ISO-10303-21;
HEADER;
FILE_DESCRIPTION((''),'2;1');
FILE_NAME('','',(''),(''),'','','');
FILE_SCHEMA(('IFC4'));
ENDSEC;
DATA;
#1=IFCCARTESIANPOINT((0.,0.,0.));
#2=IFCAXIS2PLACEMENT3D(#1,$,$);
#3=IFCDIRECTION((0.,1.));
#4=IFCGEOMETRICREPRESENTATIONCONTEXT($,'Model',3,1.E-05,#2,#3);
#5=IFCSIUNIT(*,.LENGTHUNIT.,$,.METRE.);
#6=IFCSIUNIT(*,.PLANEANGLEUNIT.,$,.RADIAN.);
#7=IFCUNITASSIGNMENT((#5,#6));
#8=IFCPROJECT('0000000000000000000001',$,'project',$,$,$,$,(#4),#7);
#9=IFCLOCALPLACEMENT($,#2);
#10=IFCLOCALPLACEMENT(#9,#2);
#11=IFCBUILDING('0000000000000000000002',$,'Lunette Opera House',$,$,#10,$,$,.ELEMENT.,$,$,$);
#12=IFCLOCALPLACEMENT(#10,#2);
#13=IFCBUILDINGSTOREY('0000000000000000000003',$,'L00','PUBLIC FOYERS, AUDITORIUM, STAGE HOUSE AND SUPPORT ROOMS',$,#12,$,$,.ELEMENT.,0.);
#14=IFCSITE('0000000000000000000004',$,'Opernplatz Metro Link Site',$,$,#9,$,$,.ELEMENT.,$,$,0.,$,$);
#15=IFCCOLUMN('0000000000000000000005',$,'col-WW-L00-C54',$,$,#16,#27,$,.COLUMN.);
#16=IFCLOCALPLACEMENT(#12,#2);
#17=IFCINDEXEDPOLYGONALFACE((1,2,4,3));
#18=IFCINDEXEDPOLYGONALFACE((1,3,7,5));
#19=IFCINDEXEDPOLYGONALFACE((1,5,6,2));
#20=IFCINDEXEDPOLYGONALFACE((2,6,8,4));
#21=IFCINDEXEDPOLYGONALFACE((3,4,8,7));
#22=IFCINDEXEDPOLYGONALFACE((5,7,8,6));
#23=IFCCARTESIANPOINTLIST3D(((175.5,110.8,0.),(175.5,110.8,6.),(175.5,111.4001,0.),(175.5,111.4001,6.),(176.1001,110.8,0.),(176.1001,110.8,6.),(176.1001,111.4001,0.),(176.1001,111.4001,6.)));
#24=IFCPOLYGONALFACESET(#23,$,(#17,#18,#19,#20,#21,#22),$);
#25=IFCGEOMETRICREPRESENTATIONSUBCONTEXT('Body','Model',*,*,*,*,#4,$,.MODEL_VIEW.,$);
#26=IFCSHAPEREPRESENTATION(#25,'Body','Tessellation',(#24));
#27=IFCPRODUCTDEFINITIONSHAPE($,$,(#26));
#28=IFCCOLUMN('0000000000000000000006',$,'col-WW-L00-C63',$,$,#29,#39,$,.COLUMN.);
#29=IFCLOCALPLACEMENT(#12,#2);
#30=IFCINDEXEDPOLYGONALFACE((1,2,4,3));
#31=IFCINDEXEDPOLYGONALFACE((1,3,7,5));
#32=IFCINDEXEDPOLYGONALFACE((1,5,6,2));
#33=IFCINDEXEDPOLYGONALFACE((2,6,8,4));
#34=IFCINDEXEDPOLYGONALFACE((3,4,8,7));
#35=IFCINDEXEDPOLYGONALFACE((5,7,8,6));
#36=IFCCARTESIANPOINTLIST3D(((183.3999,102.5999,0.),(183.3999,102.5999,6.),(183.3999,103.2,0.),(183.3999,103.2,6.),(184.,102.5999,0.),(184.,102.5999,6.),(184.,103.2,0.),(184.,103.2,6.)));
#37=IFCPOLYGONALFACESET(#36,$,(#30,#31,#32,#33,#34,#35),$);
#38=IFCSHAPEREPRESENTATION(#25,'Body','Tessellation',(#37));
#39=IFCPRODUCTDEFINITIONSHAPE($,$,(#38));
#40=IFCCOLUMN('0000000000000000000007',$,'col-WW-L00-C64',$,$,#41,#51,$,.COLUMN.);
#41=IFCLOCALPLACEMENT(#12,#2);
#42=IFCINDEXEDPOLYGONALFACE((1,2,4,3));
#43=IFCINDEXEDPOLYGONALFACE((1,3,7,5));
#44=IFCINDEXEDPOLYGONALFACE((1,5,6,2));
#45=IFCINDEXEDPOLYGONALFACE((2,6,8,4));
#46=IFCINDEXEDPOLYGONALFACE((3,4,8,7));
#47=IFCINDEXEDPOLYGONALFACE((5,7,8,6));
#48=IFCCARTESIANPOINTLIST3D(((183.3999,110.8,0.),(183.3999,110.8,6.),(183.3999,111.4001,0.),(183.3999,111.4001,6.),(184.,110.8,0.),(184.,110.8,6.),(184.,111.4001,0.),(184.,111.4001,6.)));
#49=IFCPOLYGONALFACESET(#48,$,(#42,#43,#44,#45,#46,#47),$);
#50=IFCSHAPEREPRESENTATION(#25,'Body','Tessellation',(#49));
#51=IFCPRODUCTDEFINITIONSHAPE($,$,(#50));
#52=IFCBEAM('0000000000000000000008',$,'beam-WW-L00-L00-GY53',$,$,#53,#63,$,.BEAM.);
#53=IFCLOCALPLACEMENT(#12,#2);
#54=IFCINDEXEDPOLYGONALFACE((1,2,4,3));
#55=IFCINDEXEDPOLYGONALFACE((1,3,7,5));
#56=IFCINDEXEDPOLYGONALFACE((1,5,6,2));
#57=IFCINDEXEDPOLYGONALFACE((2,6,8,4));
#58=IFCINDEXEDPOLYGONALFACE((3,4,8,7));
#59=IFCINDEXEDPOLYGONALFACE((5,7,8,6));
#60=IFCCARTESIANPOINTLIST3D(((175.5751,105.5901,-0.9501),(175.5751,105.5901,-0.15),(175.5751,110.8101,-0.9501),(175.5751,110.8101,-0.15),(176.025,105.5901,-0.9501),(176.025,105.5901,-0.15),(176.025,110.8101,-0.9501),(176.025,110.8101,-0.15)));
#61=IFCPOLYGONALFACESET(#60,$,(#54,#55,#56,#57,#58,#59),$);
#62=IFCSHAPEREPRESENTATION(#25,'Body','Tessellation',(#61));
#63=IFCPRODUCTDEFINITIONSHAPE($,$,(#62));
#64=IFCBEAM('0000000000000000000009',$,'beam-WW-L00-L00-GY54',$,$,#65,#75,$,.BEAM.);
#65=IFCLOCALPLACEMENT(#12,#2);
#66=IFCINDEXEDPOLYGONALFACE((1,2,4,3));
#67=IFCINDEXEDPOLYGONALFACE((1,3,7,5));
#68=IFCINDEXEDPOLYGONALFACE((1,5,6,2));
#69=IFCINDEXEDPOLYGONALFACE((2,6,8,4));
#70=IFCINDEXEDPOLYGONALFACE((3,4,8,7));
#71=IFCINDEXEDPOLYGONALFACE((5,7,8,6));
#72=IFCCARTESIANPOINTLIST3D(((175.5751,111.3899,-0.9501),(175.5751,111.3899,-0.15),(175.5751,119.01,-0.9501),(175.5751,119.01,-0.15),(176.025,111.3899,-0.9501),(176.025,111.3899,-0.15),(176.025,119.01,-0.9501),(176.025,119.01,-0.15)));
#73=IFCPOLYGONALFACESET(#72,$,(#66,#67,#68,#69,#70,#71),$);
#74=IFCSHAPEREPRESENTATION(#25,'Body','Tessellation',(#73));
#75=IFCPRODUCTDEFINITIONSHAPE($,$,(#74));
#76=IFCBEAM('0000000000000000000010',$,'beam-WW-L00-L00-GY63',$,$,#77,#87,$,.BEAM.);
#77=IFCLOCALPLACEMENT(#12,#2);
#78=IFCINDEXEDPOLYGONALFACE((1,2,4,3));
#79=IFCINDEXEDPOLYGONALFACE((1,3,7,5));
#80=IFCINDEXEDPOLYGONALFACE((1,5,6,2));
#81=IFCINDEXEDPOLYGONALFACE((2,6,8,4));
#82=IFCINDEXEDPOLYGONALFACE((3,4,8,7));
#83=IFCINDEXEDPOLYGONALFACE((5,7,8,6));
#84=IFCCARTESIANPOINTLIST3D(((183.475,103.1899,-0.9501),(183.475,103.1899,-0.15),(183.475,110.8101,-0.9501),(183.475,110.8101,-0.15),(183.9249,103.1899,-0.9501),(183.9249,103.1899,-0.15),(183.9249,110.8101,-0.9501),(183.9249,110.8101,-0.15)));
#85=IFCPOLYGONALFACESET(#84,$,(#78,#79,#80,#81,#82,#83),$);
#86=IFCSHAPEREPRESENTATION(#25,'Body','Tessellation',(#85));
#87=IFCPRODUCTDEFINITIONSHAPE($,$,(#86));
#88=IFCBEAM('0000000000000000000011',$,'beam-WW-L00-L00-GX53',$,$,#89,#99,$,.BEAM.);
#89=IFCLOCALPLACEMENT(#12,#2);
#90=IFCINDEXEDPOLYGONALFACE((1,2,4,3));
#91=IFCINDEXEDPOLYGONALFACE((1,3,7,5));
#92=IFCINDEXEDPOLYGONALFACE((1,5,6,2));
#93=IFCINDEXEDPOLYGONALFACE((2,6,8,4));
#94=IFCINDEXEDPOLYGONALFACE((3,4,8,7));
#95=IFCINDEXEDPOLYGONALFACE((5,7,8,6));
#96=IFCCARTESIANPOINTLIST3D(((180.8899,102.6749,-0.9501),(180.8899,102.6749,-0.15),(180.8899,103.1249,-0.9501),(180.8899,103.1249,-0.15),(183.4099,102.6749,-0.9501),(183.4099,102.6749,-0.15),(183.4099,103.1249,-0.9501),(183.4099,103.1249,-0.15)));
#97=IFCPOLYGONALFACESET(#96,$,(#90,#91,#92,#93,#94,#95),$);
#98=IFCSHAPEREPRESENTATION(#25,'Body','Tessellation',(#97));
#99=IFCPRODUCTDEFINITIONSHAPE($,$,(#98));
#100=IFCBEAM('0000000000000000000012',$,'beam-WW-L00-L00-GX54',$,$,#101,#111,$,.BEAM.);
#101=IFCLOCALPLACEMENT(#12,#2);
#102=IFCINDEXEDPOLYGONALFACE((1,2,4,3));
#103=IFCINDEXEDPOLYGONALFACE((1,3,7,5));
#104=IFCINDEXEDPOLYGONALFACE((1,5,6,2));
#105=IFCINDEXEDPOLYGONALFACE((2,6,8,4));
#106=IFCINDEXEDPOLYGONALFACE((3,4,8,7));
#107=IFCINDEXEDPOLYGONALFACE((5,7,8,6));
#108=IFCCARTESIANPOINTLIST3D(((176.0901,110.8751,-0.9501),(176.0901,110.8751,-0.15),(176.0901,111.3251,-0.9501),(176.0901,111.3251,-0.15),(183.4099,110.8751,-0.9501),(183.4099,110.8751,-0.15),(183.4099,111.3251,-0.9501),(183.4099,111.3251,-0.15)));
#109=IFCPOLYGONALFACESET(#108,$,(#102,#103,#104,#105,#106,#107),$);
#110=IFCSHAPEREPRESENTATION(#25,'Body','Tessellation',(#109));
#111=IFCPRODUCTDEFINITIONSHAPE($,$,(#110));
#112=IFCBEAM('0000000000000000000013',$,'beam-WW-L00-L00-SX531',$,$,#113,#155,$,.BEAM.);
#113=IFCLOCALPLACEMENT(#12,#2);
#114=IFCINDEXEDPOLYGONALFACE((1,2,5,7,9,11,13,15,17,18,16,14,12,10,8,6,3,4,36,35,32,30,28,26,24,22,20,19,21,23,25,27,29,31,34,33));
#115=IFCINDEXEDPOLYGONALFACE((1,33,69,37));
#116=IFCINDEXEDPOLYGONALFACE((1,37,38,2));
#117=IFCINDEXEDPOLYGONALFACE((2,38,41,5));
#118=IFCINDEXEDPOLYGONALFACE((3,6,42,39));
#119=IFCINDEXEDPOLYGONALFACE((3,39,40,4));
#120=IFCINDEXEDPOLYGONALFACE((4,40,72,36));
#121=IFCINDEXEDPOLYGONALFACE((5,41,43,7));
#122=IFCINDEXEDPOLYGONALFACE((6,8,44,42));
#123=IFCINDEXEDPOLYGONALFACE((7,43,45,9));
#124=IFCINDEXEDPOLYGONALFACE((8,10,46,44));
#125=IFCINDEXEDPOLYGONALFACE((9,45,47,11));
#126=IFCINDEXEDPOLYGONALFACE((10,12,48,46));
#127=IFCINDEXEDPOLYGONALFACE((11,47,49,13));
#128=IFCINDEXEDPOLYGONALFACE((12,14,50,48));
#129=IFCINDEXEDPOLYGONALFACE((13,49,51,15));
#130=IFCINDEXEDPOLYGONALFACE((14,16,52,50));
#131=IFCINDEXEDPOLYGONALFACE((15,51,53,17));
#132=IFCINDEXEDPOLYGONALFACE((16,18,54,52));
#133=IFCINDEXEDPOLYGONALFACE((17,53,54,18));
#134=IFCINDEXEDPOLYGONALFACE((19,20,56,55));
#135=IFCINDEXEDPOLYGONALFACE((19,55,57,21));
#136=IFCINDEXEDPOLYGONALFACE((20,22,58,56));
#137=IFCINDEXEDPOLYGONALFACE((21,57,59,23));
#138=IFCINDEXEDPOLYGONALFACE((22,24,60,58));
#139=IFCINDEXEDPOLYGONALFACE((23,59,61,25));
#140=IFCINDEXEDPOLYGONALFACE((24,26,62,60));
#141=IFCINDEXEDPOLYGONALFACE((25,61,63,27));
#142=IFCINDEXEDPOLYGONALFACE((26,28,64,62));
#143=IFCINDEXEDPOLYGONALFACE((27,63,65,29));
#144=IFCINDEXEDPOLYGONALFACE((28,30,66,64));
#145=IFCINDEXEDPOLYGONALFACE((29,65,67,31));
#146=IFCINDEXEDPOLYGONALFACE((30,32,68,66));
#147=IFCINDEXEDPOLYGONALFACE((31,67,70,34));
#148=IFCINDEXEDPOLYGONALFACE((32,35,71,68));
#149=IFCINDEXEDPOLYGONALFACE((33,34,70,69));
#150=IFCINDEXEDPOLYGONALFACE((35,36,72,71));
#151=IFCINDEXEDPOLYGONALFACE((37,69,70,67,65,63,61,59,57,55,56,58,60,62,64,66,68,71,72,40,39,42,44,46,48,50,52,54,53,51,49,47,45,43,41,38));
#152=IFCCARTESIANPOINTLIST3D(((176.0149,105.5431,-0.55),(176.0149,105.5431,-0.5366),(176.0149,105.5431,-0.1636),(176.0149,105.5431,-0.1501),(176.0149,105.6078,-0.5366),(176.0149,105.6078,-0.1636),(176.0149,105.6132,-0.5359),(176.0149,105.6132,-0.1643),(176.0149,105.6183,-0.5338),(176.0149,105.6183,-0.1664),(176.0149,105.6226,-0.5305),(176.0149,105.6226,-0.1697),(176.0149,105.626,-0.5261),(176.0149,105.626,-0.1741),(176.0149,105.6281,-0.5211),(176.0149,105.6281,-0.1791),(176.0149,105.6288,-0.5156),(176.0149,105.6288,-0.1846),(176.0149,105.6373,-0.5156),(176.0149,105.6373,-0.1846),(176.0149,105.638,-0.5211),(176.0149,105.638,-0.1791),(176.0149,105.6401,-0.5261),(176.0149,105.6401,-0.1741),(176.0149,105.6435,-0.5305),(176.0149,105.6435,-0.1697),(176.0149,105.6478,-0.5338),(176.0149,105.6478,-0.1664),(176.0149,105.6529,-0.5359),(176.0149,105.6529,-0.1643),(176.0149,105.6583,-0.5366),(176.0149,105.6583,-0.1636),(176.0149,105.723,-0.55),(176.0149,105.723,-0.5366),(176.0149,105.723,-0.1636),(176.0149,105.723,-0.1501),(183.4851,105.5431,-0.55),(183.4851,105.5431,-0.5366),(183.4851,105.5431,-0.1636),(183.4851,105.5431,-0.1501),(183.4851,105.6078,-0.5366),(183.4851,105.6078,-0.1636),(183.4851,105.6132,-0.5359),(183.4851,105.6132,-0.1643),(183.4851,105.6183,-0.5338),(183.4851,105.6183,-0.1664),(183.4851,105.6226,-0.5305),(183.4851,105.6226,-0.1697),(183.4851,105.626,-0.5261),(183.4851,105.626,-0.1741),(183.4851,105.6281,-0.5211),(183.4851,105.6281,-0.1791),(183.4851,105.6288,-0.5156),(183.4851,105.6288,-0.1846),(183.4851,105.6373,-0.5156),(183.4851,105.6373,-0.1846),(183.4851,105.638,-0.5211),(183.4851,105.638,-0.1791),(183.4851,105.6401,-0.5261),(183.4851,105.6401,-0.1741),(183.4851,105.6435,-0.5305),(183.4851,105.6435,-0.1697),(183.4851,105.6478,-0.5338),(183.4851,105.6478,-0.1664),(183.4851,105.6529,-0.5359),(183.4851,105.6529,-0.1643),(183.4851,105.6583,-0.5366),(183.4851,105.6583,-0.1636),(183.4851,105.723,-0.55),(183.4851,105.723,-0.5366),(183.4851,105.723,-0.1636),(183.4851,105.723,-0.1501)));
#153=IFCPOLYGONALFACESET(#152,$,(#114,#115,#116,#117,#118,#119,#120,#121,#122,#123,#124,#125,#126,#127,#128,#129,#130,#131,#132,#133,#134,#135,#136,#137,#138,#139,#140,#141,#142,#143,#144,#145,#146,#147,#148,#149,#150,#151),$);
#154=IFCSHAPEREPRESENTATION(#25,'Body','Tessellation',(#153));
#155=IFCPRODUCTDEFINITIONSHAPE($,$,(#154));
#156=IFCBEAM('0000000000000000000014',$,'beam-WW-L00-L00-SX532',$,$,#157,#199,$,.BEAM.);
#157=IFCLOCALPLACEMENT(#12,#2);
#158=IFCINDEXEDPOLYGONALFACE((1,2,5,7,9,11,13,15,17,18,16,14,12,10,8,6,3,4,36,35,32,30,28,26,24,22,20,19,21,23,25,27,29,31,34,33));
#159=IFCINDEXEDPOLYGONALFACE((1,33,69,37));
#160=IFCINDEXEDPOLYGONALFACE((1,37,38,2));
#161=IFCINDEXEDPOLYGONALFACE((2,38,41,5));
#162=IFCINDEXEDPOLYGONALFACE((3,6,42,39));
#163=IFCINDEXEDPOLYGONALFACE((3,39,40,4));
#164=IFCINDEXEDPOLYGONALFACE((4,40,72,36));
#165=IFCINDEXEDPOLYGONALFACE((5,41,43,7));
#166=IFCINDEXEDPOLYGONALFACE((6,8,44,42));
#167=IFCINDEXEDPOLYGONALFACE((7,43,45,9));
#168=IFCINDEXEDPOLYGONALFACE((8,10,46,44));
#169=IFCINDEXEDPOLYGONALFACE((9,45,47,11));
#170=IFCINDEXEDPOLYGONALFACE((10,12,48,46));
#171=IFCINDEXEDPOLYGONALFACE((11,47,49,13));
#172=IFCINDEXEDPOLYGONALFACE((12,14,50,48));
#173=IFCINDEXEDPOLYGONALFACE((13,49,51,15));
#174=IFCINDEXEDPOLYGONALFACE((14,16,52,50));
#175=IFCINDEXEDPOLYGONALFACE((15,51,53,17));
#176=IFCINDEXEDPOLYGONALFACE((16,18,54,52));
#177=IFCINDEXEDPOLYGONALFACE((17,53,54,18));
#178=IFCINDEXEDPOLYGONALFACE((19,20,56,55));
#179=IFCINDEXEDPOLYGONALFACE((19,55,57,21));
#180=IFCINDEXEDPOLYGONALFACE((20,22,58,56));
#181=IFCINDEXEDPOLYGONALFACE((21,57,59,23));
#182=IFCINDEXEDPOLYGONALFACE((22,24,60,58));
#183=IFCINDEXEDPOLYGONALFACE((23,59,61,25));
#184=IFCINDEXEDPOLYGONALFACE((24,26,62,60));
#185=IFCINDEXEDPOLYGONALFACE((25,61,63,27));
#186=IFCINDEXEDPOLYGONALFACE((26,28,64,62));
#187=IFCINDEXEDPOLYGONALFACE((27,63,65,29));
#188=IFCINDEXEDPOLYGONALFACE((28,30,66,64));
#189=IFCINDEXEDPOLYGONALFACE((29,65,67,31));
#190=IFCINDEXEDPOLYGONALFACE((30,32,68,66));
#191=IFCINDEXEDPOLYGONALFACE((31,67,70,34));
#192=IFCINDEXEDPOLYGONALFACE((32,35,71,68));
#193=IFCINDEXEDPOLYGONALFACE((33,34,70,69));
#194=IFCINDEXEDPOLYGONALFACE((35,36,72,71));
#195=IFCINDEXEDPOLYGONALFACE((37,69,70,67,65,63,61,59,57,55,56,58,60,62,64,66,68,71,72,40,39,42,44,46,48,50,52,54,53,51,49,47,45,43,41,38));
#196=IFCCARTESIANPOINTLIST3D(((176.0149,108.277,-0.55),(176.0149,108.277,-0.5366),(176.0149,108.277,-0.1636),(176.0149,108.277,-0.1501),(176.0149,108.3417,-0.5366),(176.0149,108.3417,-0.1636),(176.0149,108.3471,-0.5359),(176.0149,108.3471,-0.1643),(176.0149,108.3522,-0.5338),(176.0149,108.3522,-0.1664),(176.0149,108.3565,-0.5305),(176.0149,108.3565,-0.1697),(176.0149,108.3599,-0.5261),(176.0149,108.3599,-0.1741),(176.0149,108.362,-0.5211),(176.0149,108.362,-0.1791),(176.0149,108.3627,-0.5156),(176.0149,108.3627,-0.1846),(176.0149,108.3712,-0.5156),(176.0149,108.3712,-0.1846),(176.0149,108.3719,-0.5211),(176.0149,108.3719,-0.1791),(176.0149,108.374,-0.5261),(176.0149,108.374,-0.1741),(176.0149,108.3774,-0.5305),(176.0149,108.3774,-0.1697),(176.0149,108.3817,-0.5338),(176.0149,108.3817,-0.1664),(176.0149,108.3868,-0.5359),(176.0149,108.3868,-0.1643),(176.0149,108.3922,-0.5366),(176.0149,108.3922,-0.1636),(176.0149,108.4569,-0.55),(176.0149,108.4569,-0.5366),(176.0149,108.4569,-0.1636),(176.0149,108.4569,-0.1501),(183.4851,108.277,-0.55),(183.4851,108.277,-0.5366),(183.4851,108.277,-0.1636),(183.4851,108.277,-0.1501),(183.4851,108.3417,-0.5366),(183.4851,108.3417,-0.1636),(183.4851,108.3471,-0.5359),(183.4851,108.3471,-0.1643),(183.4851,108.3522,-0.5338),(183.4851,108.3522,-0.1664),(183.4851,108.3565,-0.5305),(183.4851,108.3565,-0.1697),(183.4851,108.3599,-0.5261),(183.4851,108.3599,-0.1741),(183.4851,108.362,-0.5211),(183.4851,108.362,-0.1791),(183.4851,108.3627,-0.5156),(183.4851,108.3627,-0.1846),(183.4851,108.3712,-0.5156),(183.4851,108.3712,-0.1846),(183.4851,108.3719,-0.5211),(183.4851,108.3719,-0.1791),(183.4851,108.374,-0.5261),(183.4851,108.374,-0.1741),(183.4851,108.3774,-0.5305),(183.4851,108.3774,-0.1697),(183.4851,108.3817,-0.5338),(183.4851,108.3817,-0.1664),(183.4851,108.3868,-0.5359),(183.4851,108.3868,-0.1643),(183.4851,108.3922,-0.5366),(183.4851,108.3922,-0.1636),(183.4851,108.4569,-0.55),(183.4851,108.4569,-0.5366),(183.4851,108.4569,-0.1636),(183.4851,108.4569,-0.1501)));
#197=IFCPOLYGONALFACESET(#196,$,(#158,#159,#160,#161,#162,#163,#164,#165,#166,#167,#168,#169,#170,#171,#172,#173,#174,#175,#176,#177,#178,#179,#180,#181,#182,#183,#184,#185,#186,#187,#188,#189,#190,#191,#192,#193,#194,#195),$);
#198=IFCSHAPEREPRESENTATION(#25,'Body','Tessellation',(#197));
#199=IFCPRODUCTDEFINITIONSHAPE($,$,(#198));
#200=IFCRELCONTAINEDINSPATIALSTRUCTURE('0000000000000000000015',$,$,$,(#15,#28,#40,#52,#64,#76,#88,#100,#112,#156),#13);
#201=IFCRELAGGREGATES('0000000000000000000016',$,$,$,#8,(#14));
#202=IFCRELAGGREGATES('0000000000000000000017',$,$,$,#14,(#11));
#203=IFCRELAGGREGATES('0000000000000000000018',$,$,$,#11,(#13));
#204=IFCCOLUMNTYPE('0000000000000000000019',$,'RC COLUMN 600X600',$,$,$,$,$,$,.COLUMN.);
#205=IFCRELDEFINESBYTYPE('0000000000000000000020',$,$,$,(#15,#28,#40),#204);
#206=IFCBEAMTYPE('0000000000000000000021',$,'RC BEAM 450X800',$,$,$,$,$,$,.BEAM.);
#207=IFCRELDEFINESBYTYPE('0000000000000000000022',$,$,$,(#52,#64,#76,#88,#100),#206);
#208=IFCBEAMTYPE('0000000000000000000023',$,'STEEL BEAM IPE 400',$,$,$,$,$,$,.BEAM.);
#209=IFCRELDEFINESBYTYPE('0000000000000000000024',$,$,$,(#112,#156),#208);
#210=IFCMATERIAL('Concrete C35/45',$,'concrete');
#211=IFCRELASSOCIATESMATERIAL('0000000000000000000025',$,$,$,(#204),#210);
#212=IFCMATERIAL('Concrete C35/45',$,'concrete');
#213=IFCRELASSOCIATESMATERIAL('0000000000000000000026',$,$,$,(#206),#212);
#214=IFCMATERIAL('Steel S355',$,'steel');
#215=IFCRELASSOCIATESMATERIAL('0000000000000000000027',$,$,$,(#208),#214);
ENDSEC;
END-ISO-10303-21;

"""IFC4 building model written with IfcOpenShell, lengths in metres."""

from ifc_helpers import new_model, si_unit, direction, frame, origin, origin_2d, place, context, subcontext, project, spatial, rectangle, i_section, extrude, material, material_profile, profile_set, type_object, element, save


model = new_model("IFC4")

# Units and contexts
model_context = context("Model", 3, precision=1e-05, world=origin(), true_north=direction((0.0, 1.0)))
body_context = subcontext(model_context, "Body", "Model", "MODEL_VIEW")
ifc_project = project(units=[si_unit("LENGTHUNIT", "METRE"), si_unit("PLANEANGLEUNIT", "RADIAN")], contexts=[model_context])

# Site, building, storey
site_placement = place(None, origin())
site = spatial("IfcSite", under=ifc_project, at=site_placement, Name="Opernplatz Metro Link Site", CompositionType="ELEMENT", RefElevation=0.0)
building_placement = place(site_placement, origin())
building = spatial("IfcBuilding", under=site, at=building_placement, Name="Lunette Opera House", CompositionType="ELEMENT")
storey_placement = place(building_placement, origin())
storey = spatial("IfcBuildingStorey", under=building, at=storey_placement, Name="L00", Description="PUBLIC FOYERS, AUDITORIUM, STAGE HOUSE AND SUPPORT ROOMS", CompositionType="ELEMENT", Elevation=0.0)

# Columns
ifc_material_1 = material(Name="Concrete C35/45", Category="concrete")
ifc_material_profile_1 = material_profile(ifc_material_1, rectangle(XDim=0.6001, YDim=0.6001, at=origin_2d()), Name="RC COLUMN 600X600")
ifc_profile_set_1 = profile_set([ifc_material_profile_1], Name="Concrete C35/45")
column_type = type_object("IfcColumnType", Name="RC COLUMN 600X600", PredefinedType="COLUMN", material=ifc_profile_set_1)
for number, where, z_axis, x_axis, name in (
    (1, (175.8, 111.1001, 0.0), (0.0, 0.0, 1.0), (1.0, 0.0, 0.0), "col-WW-L00-C54"),
    (2, (183.7, 102.8999, 0.0), (0.0, 0.0, 1.0), (1.0, 0.0, 0.0), "col-WW-L00-C63"),
    (3, (183.7, 111.1001, 0.0), (0.0, 0.0, 1.0), (1.0, 0.0, 0.0), "col-WW-L00-C64"),
):
    element("IfcColumn", number, at=place(storey_placement, frame(where, z_axis=z_axis, x_axis=x_axis)), inside=storey, type_object=column_type, Name=name, PredefinedType="COLUMN", context=body_context, shape_type="SweptSolid", body=[
        extrude(rectangle(XDim=0.6001, YDim=0.6001, at=origin_2d()), origin(), (0.0, 0.0, 1.0), 6.0),
    ])

# Beams
ifc_material_2 = material(Name="Concrete C35/45", Category="concrete")
ifc_material_profile_2 = material_profile(ifc_material_2, rectangle(XDim=0.45, YDim=0.8, at=origin_2d()), Name="RC BEAM 450X800")
ifc_profile_set_2 = profile_set([ifc_material_profile_2], Name="Concrete C35/45")
beam_type_1 = type_object("IfcBeamType", Name="RC BEAM 450X800", PredefinedType="BEAM", material=ifc_profile_set_2)
beam_1_placement = place(storey_placement, frame((175.8, 105.5901, -0.55), z_axis=(0.0, 1.0, 0.0), x_axis=(-1.0, 0.0, 0.0)))
element("IfcBeam", 4, at=beam_1_placement, inside=storey, type_object=beam_type_1, Name="beam-WW-L00-L00-GY53", PredefinedType="BEAM", context=body_context, shape_type="SweptSolid", body=[
    extrude(rectangle(XDim=0.45, YDim=0.8, at=origin_2d()), origin(), (0.0, 0.0, 1.0), 5.22),
])
for number, where, z_axis, x_axis, name in (
    (5, (175.8, 111.3899, -0.55), (0.0, 1.0, 0.0), (-1.0, 0.0, 0.0), "beam-WW-L00-L00-GY54"),
    (6, (183.7, 103.1899, -0.55), (0.0, 1.0, 0.0), (-1.0, 0.0, 0.0), "beam-WW-L00-L00-GY63"),
):
    element("IfcBeam", number, at=place(storey_placement, frame(where, z_axis=z_axis, x_axis=x_axis)), inside=storey, type_object=beam_type_1, Name=name, PredefinedType="BEAM", context=body_context, shape_type="SweptSolid", body=[
        extrude(rectangle(XDim=0.45, YDim=0.8, at=origin_2d()), origin(), (0.0, 0.0, 1.0), 7.6201),
    ])
beam_2_placement = place(storey_placement, frame((180.8899, 102.8999, -0.55), z_axis=(1.0, 0.0, 0.0), x_axis=(0.0, 1.0, 0.0)))
element("IfcBeam", 7, at=beam_2_placement, inside=storey, type_object=beam_type_1, Name="beam-WW-L00-L00-GX53", PredefinedType="BEAM", context=body_context, shape_type="SweptSolid", body=[
    extrude(rectangle(XDim=0.45, YDim=0.8, at=origin_2d()), origin(), (0.0, 0.0, 1.0), 2.52),
])
beam_3_placement = place(storey_placement, frame((176.0901, 111.1001, -0.55), z_axis=(1.0, 0.0, 0.0), x_axis=(0.0, 1.0, 0.0)))
element("IfcBeam", 8, at=beam_3_placement, inside=storey, type_object=beam_type_1, Name="beam-WW-L00-L00-GX54", PredefinedType="BEAM", context=body_context, shape_type="SweptSolid", body=[
    extrude(rectangle(XDim=0.45, YDim=0.8, at=origin_2d()), origin(), (0.0, 0.0, 1.0), 7.3198),
])
ifc_material_3 = material(Name="Steel S355", Category="steel")
ifc_material_profile_3 = material_profile(ifc_material_3, i_section(OverallWidth=0.1799, OverallDepth=0.3999, WebThickness=0.0085, FlangeThickness=0.0134, FilletRadius=0.021, at=origin_2d()), Name="IPE 400")
ifc_profile_set_3 = profile_set([ifc_material_profile_3], Name="Steel S355")
beam_type_2 = type_object("IfcBeamType", Name="STEEL BEAM IPE 400", PredefinedType="BEAM", material=ifc_profile_set_3)
for number, where, z_axis, x_axis, name in (
    (9, (176.0149, 105.6331, -0.3501), (1.0, 0.0, 0.0), (0.0, 1.0, 0.0), "beam-WW-L00-L00-SX531"),
    (10, (176.0149, 108.3669, -0.3501), (1.0, 0.0, 0.0), (0.0, 1.0, 0.0), "beam-WW-L00-L00-SX532"),
):
    element("IfcBeam", number, at=place(storey_placement, frame(where, z_axis=z_axis, x_axis=x_axis)), inside=storey, type_object=beam_type_2, Name=name, PredefinedType="BEAM", context=body_context, shape_type="SweptSolid", body=[
        extrude(i_section(OverallWidth=0.1799, OverallDepth=0.3999, WebThickness=0.0085, FlangeThickness=0.0134, FilletRadius=0.021, at=origin_2d()), origin(), (0.0, 0.0, 1.0), 7.4702),
    ])

save(model, "model.ifc")
